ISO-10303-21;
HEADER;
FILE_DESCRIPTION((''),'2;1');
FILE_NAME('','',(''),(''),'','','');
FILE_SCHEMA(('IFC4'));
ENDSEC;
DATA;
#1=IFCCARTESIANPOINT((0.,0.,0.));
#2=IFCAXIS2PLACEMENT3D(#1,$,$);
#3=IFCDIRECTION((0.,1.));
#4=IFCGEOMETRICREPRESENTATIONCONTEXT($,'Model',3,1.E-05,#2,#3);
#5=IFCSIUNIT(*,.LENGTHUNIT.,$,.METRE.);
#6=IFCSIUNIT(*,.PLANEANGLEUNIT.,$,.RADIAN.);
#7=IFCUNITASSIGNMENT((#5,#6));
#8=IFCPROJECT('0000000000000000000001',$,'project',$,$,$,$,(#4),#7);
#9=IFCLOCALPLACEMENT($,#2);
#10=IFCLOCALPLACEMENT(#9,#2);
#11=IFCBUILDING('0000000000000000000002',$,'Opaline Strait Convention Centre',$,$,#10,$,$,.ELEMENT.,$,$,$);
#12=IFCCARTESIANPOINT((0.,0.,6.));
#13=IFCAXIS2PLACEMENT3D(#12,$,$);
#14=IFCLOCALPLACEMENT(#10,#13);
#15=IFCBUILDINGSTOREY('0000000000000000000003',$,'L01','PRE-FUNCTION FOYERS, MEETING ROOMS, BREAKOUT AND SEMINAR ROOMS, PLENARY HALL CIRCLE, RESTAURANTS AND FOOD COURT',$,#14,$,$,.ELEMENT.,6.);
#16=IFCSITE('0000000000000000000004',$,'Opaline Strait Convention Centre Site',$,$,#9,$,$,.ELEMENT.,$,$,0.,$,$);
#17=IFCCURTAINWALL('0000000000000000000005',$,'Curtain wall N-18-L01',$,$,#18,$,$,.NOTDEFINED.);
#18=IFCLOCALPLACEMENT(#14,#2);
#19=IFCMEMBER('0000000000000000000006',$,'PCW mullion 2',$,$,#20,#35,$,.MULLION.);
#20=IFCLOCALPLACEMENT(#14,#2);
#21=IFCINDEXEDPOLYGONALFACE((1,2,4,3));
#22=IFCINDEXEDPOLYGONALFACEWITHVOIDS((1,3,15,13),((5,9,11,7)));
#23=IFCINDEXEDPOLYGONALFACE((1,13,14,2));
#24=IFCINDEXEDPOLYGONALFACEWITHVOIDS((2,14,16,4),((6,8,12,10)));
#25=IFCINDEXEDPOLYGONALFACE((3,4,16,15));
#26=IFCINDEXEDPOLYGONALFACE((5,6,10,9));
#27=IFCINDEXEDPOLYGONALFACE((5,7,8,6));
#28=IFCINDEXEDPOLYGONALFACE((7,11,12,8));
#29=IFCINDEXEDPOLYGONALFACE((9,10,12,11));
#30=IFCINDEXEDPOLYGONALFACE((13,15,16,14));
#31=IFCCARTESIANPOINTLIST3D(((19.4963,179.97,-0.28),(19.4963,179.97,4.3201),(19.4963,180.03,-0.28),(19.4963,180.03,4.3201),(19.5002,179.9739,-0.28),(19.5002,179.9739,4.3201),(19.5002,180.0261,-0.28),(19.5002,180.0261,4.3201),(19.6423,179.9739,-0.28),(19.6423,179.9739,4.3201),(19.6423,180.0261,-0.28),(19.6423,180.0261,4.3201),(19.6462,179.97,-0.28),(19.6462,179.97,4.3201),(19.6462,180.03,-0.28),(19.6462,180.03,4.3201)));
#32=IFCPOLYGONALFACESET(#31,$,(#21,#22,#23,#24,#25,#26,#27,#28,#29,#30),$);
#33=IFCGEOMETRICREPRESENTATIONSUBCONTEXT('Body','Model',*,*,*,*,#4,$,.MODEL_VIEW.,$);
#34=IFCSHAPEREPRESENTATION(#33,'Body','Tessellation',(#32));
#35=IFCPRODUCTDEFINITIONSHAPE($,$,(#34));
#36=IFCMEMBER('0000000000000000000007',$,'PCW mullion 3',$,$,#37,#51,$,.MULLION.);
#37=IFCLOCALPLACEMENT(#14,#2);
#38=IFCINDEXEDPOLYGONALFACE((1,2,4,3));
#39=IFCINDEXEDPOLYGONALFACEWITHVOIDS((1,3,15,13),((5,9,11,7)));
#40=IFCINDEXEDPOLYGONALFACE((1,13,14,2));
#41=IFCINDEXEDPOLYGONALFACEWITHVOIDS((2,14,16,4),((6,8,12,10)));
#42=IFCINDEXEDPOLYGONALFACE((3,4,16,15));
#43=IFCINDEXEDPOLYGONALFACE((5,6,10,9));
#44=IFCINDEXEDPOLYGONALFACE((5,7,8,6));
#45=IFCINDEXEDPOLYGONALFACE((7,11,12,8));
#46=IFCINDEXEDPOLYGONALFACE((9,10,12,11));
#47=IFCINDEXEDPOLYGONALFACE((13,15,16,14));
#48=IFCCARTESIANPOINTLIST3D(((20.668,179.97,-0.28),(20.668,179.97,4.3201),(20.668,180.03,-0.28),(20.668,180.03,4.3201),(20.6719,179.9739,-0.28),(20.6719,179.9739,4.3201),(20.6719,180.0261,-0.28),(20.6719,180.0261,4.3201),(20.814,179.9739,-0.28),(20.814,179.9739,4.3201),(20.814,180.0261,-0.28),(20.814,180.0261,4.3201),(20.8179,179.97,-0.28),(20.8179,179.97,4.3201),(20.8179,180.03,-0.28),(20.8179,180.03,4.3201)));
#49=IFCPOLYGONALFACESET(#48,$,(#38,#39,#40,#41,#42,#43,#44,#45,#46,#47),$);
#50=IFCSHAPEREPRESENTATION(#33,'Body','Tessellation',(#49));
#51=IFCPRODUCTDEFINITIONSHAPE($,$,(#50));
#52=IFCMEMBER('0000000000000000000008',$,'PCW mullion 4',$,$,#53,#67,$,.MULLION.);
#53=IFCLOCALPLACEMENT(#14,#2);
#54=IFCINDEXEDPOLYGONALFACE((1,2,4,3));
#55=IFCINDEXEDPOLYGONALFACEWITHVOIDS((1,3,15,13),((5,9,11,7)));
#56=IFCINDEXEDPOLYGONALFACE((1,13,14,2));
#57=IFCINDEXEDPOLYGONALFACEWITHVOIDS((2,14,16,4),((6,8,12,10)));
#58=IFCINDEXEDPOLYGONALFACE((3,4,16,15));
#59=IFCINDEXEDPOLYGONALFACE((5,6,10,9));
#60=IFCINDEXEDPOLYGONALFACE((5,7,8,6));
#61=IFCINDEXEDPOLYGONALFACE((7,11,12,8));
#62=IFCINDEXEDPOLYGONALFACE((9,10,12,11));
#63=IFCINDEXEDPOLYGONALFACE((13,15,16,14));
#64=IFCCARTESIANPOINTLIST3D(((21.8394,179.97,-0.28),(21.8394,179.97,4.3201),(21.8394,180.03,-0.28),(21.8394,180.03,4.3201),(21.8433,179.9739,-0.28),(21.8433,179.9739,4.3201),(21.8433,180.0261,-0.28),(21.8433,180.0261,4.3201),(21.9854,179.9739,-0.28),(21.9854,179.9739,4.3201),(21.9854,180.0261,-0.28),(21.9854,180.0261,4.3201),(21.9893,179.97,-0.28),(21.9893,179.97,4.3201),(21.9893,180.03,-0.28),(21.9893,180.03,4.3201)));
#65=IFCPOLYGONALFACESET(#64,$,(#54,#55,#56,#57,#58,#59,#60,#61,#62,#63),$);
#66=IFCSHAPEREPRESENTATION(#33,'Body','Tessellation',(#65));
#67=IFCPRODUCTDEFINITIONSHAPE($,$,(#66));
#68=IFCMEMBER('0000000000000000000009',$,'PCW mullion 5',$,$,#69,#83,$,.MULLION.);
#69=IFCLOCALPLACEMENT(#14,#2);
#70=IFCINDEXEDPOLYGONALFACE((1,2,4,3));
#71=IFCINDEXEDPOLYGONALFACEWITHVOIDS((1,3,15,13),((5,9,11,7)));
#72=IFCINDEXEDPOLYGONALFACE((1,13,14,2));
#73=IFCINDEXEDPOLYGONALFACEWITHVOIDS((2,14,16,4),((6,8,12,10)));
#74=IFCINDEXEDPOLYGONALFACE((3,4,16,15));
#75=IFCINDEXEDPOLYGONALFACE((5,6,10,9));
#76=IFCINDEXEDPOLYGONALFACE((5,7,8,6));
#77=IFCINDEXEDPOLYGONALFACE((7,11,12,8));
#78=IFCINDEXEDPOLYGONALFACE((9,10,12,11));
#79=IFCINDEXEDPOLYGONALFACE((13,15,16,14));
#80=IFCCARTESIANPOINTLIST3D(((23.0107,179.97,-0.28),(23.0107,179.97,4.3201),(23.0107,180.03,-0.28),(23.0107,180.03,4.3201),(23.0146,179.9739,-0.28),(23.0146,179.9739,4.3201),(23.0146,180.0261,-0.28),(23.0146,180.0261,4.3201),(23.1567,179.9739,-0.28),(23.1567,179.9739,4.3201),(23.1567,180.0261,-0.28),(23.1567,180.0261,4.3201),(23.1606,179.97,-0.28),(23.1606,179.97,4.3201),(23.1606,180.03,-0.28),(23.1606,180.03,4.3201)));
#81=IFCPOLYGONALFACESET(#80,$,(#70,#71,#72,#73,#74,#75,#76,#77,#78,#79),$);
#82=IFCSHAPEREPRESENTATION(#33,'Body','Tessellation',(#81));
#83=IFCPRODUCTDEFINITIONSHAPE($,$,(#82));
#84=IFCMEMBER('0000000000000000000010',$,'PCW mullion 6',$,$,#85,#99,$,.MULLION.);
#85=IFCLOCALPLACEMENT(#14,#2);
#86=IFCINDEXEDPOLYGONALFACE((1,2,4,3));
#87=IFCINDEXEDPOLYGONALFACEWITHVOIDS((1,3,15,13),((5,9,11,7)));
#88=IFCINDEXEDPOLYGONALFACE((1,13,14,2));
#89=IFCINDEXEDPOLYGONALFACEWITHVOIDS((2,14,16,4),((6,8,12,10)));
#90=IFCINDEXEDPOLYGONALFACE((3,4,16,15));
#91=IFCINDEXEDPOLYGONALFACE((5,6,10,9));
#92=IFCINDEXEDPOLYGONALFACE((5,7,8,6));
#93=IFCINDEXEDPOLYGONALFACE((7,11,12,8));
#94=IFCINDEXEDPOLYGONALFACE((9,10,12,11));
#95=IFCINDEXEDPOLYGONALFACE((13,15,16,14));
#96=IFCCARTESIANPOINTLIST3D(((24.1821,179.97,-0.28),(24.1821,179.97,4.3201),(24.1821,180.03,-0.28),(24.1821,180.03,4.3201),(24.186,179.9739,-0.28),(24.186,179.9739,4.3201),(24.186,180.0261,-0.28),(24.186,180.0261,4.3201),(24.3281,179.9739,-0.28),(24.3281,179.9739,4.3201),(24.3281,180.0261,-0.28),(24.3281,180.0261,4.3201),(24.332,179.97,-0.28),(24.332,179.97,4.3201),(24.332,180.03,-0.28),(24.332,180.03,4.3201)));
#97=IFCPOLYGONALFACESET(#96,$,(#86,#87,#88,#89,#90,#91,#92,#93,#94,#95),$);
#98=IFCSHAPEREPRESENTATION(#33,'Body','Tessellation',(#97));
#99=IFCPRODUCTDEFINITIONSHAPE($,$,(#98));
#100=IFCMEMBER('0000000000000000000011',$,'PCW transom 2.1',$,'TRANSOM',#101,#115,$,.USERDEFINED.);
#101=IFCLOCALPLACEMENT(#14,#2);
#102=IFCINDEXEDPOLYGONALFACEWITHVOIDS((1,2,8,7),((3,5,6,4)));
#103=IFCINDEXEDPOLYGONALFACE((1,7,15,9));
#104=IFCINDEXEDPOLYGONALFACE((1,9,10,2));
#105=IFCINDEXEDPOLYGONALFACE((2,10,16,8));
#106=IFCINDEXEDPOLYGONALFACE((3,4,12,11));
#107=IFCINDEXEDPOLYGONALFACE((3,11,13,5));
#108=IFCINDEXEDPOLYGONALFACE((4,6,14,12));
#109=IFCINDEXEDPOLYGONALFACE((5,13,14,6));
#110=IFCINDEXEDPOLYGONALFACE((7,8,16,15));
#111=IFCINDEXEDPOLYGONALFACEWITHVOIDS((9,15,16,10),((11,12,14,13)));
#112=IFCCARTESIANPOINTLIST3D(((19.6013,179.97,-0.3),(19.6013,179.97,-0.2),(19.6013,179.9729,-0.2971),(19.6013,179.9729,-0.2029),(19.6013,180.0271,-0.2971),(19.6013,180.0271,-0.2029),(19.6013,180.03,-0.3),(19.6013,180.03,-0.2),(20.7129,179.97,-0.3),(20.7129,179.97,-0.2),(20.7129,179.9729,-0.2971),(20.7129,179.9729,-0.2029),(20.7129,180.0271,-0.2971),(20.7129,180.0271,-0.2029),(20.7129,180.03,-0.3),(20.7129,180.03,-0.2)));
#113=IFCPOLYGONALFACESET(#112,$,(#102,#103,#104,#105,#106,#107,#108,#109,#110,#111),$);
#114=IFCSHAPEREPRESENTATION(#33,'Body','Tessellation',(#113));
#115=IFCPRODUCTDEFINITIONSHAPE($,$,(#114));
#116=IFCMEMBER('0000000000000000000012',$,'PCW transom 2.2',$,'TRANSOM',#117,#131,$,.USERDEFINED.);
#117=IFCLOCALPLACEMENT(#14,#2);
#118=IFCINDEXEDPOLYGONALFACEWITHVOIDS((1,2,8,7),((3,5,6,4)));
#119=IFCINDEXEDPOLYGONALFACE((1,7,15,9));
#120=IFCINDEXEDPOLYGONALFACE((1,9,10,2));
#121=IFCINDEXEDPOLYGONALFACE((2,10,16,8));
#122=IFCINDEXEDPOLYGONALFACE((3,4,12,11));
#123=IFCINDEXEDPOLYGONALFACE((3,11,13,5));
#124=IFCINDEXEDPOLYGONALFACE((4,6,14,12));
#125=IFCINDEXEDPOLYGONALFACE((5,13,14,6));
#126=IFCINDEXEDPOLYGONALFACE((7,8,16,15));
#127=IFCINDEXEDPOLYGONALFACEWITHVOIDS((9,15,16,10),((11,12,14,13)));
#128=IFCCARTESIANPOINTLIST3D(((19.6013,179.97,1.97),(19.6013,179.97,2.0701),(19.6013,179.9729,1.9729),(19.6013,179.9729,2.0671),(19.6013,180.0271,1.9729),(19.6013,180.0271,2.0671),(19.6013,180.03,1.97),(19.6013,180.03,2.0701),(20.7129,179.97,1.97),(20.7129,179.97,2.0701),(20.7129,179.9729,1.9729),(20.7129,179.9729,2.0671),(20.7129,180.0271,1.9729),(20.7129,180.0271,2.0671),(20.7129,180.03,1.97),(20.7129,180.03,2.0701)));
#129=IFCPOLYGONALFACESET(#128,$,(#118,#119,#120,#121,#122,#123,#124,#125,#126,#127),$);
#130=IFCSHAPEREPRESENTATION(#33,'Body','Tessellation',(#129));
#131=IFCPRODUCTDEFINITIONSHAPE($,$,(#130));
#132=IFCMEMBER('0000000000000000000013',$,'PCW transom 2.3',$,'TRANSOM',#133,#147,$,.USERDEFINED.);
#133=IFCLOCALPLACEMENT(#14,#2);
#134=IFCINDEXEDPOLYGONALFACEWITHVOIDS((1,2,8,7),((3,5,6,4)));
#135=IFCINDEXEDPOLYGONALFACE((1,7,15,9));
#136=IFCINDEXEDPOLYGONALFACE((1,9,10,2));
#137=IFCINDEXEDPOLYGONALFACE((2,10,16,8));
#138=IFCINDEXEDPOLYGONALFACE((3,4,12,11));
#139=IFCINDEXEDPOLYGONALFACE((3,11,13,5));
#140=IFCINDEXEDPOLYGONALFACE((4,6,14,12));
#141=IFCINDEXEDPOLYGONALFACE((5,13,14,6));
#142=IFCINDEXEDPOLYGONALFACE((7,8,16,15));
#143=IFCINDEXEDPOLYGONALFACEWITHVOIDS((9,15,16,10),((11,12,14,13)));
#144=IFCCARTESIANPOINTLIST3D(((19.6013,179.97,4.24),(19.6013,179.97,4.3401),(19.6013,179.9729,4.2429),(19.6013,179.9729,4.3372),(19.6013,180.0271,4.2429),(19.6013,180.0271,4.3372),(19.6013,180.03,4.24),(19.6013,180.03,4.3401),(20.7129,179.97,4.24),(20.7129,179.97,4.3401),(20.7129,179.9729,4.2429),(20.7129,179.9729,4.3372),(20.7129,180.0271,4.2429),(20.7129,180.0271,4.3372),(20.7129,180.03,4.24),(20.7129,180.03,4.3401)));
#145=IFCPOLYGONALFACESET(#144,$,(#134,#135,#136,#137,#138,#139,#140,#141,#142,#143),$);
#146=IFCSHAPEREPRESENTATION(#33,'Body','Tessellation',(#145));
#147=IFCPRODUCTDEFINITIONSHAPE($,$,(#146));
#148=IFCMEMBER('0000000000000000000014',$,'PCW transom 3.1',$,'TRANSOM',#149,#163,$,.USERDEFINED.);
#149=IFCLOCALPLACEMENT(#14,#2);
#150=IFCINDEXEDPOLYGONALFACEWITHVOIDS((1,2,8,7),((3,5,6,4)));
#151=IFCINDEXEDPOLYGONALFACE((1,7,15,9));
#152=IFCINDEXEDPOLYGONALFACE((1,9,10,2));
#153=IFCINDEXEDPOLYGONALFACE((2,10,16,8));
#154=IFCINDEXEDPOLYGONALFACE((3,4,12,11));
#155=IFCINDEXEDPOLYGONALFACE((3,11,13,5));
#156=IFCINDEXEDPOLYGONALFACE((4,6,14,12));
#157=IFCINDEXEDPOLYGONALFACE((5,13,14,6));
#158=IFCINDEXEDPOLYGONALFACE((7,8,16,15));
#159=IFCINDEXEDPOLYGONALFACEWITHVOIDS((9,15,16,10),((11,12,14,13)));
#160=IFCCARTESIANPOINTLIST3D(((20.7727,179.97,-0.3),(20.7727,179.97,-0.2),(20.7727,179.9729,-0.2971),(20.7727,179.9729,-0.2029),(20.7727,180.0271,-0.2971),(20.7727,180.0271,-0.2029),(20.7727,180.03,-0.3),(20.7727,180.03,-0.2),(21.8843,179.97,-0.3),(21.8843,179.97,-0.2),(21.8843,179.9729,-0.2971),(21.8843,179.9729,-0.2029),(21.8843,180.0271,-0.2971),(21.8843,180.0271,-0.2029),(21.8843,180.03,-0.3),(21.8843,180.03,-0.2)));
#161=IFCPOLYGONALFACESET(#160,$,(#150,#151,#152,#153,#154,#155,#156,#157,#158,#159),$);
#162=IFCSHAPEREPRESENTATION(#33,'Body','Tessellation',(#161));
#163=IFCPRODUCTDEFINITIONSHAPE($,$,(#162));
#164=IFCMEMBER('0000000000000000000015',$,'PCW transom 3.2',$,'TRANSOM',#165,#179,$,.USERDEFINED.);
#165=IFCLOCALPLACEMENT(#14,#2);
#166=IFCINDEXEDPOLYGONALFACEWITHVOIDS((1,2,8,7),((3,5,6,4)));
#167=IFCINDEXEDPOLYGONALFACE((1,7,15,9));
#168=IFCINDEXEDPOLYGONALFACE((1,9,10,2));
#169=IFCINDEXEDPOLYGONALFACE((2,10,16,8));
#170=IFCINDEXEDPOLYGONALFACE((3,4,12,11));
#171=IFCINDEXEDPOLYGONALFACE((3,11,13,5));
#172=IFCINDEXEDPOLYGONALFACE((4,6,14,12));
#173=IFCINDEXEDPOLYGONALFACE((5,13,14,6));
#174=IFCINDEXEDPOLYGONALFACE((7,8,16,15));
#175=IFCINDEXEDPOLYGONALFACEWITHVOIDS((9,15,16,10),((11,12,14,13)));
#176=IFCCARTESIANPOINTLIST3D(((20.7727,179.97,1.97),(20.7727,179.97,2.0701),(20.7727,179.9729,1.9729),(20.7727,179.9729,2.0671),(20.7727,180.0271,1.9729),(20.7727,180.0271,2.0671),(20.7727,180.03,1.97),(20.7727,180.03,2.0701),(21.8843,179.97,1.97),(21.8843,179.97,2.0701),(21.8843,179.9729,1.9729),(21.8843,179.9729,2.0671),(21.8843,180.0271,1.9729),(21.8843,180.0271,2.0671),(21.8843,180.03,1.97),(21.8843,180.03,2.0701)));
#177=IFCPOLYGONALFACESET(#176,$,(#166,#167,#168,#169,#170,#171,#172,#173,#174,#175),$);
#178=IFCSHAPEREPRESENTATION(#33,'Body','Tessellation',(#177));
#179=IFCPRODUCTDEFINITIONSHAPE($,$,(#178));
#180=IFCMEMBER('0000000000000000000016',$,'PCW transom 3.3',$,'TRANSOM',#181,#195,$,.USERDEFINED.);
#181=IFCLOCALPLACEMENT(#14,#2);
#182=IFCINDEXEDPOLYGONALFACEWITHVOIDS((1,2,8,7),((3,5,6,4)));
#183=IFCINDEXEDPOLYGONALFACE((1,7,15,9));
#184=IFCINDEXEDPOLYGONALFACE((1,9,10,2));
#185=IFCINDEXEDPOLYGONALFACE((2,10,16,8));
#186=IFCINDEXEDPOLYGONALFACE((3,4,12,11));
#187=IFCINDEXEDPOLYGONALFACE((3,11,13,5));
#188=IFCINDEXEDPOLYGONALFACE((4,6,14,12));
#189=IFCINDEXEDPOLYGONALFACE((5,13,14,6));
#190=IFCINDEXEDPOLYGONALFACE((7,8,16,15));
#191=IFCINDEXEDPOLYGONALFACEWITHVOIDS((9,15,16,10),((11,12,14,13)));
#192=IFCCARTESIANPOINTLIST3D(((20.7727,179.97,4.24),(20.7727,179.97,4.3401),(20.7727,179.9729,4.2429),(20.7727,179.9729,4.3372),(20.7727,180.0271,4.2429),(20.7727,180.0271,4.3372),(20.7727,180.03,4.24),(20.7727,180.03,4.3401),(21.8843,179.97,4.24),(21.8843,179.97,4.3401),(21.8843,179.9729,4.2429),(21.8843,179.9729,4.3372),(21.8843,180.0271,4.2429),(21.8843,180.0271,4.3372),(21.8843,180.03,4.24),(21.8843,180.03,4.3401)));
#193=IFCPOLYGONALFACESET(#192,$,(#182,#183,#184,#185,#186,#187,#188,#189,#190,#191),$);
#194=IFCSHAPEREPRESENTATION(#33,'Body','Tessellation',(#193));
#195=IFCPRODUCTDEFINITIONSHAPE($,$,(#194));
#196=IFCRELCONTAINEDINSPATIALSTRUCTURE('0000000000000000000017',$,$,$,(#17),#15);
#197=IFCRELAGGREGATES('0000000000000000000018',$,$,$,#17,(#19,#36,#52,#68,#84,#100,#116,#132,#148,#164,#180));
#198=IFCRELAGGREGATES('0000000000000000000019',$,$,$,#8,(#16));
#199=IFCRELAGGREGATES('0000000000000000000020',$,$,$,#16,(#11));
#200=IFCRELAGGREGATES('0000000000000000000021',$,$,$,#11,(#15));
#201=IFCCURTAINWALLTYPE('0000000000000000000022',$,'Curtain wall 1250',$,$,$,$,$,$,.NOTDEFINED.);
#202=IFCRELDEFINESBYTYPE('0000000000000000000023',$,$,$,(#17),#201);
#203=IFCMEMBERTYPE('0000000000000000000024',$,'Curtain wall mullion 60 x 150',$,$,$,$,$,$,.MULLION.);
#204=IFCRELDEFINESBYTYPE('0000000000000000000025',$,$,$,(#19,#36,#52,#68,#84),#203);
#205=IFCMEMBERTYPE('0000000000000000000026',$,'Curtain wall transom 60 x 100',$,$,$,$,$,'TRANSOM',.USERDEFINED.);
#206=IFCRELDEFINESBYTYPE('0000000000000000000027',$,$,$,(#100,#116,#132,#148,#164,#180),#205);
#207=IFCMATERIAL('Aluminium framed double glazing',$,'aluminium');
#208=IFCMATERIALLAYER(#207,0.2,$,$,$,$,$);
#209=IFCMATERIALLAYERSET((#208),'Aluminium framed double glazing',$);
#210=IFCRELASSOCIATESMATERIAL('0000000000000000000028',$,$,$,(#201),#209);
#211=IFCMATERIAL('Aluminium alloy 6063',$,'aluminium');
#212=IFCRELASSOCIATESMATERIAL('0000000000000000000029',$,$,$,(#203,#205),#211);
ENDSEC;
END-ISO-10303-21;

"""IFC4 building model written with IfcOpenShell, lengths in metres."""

from ifc_helpers import new_model, si_unit, direction, frame, origin, origin_2d, place, context, subcontext, project, spatial, hollow_rectangle, extrude, material, layer, layer_set, material_profile, profile_set, type_object, element, aggregate, save


model = new_model("IFC4")

# Units and contexts
model_context = context("Model", 3, precision=1e-05, world=origin(), true_north=direction((0.0, 1.0)))
body_context = subcontext(model_context, "Body", "Model", "MODEL_VIEW")
ifc_project = project(units=[si_unit("LENGTHUNIT", "METRE"), si_unit("PLANEANGLEUNIT", "RADIAN")], contexts=[model_context])

# Site, building, storey
site_placement = place(None, origin())
site = spatial("IfcSite", under=ifc_project, at=site_placement, Name="Opaline Strait Convention Centre Site", CompositionType="ELEMENT", RefElevation=0.0)
building_placement = place(site_placement, origin())
building = spatial("IfcBuilding", under=site, at=building_placement, Name="Opaline Strait Convention Centre", CompositionType="ELEMENT")
storey_placement = place(building_placement, frame((0.0, 0.0, 6.0)))
storey = spatial("IfcBuildingStorey", under=building, at=storey_placement, Name="L01", Description="PRE-FUNCTION FOYERS, MEETING ROOMS, BREAKOUT AND SEMINAR ROOMS, PLENARY HALL CIRCLE, RESTAURANTS AND FOOD COURT", CompositionType="ELEMENT", Elevation=6.0)

# Curtain wall, members
ifc_material_1 = material(Name="Aluminium framed double glazing", Category="aluminium")
ifc_layer_1 = layer(ifc_material_1, 0.2)
ifc_layer_set_1 = layer_set([ifc_layer_1], Name="Aluminium framed double glazing")
curtain_wall_type = type_object("IfcCurtainWallType", Name="Curtain wall 1250", PredefinedType="NOTDEFINED", material=ifc_layer_set_1)
curtain_wall_placement = place(storey_placement, origin())
curtain_wall = element("IfcCurtainWall", 1, at=curtain_wall_placement, inside=storey, type_object=curtain_wall_type, Name="Curtain wall N-18-L01", PredefinedType="NOTDEFINED")
ifc_material_2 = material(Name="Aluminium alloy 6063", Category="aluminium")
ifc_material_profile_1 = material_profile(ifc_material_2, hollow_rectangle(XDim=0.0601, YDim=0.1499, WallThickness=0.0039, at=origin_2d()), Name="MULLION 60x150x4")
ifc_profile_set_1 = profile_set([ifc_material_profile_1], Name="Aluminium alloy 6063")
member_type_1 = type_object("IfcMemberType", Name="Curtain wall mullion 60 x 150", PredefinedType="MULLION", material=ifc_profile_set_1)
member_1_placement = place(storey_placement, frame((19.5713, 180.0, -0.28), z_axis=(0.0, 0.0, 1.0), x_axis=(0.0, 1.0, 0.0)))
member_1 = element("IfcMember", 2, at=member_1_placement, type_object=member_type_1, Name="PCW mullion 2", PredefinedType="MULLION", context=body_context, shape_type="SweptSolid", body=[
    extrude(hollow_rectangle(XDim=0.0601, YDim=0.1499, WallThickness=0.0039, at=origin_2d()), origin(), (0.0, 0.0, 1.0), 4.6001),
])
member_2_placement = place(storey_placement, frame((20.7429, 180.0, -0.28), z_axis=(0.0, 0.0, 1.0), x_axis=(0.0, 1.0, 0.0)))
member_2 = element("IfcMember", 3, at=member_2_placement, type_object=member_type_1, Name="PCW mullion 3", PredefinedType="MULLION", context=body_context, shape_type="SweptSolid", body=[
    extrude(hollow_rectangle(XDim=0.0601, YDim=0.1499, WallThickness=0.0039, at=origin_2d()), origin(), (0.0, 0.0, 1.0), 4.6001),
])
member_3_placement = place(storey_placement, frame((21.9143, 180.0, -0.28), z_axis=(0.0, 0.0, 1.0), x_axis=(0.0, 1.0, 0.0)))
member_3 = element("IfcMember", 4, at=member_3_placement, type_object=member_type_1, Name="PCW mullion 4", PredefinedType="MULLION", context=body_context, shape_type="SweptSolid", body=[
    extrude(hollow_rectangle(XDim=0.0601, YDim=0.1499, WallThickness=0.0039, at=origin_2d()), origin(), (0.0, 0.0, 1.0), 4.6001),
])
member_4_placement = place(storey_placement, frame((23.0857, 180.0, -0.28), z_axis=(0.0, 0.0, 1.0), x_axis=(0.0, 1.0, 0.0)))
member_4 = element("IfcMember", 5, at=member_4_placement, type_object=member_type_1, Name="PCW mullion 5", PredefinedType="MULLION", context=body_context, shape_type="SweptSolid", body=[
    extrude(hollow_rectangle(XDim=0.0601, YDim=0.1499, WallThickness=0.0039, at=origin_2d()), origin(), (0.0, 0.0, 1.0), 4.6001),
])
member_5_placement = place(storey_placement, frame((24.2571, 180.0, -0.28), z_axis=(0.0, 0.0, 1.0), x_axis=(0.0, 1.0, 0.0)))
member_5 = element("IfcMember", 6, at=member_5_placement, type_object=member_type_1, Name="PCW mullion 6", PredefinedType="MULLION", context=body_context, shape_type="SweptSolid", body=[
    extrude(hollow_rectangle(XDim=0.0601, YDim=0.1499, WallThickness=0.0039, at=origin_2d()), origin(), (0.0, 0.0, 1.0), 4.6001),
])
ifc_material_profile_2 = material_profile(ifc_material_2, hollow_rectangle(XDim=0.0601, YDim=0.1001, WallThickness=0.0029, at=origin_2d()), Name="TRANSOM 60x100x3")
ifc_profile_set_2 = profile_set([ifc_material_profile_2], Name="Aluminium alloy 6063")
member_type_2 = type_object("IfcMemberType", Name="Curtain wall transom 60 x 100", ElementType="TRANSOM", PredefinedType="USERDEFINED", material=ifc_profile_set_2)
member_6_placement = place(storey_placement, frame((19.6013, 180.0, -0.25), z_axis=(1.0, 0.0, 0.0), x_axis=(0.0, 1.0, 0.0)))
member_6 = element("IfcMember", 7, at=member_6_placement, type_object=member_type_2, Name="PCW transom 2.1", ObjectType="TRANSOM", PredefinedType="USERDEFINED", context=body_context, shape_type="SweptSolid", body=[
    extrude(hollow_rectangle(XDim=0.0601, YDim=0.1001, WallThickness=0.0029, at=origin_2d()), origin(), (0.0, 0.0, 1.0), 1.1116),
])
member_7_placement = place(storey_placement, frame((19.6013, 180.0, 2.02), z_axis=(1.0, 0.0, 0.0), x_axis=(0.0, 1.0, 0.0)))
member_7 = element("IfcMember", 8, at=member_7_placement, type_object=member_type_2, Name="PCW transom 2.2", ObjectType="TRANSOM", PredefinedType="USERDEFINED", context=body_context, shape_type="SweptSolid", body=[
    extrude(hollow_rectangle(XDim=0.0601, YDim=0.1001, WallThickness=0.0029, at=origin_2d()), origin(), (0.0, 0.0, 1.0), 1.1116),
])
member_8_placement = place(storey_placement, frame((19.6013, 180.0, 4.29), z_axis=(1.0, 0.0, 0.0), x_axis=(0.0, 1.0, 0.0)))
member_8 = element("IfcMember", 9, at=member_8_placement, type_object=member_type_2, Name="PCW transom 2.3", ObjectType="TRANSOM", PredefinedType="USERDEFINED", context=body_context, shape_type="SweptSolid", body=[
    extrude(hollow_rectangle(XDim=0.0601, YDim=0.1001, WallThickness=0.0029, at=origin_2d()), origin(), (0.0, 0.0, 1.0), 1.1116),
])
member_9_placement = place(storey_placement, frame((20.7727, 180.0, -0.25), z_axis=(1.0, 0.0, 0.0), x_axis=(0.0, 1.0, 0.0)))
member_9 = element("IfcMember", 10, at=member_9_placement, type_object=member_type_2, Name="PCW transom 3.1", ObjectType="TRANSOM", PredefinedType="USERDEFINED", context=body_context, shape_type="SweptSolid", body=[
    extrude(hollow_rectangle(XDim=0.0601, YDim=0.1001, WallThickness=0.0029, at=origin_2d()), origin(), (0.0, 0.0, 1.0), 1.1116),
])
member_10_placement = place(storey_placement, frame((20.7727, 180.0, 2.02), z_axis=(1.0, 0.0, 0.0), x_axis=(0.0, 1.0, 0.0)))
member_10 = element("IfcMember", 11, at=member_10_placement, type_object=member_type_2, Name="PCW transom 3.2", ObjectType="TRANSOM", PredefinedType="USERDEFINED", context=body_context, shape_type="SweptSolid", body=[
    extrude(hollow_rectangle(XDim=0.0601, YDim=0.1001, WallThickness=0.0029, at=origin_2d()), origin(), (0.0, 0.0, 1.0), 1.1116),
])
member_11_placement = place(storey_placement, frame((20.7727, 180.0, 4.29), z_axis=(1.0, 0.0, 0.0), x_axis=(0.0, 1.0, 0.0)))
member_11 = element("IfcMember", 12, at=member_11_placement, type_object=member_type_2, Name="PCW transom 3.3", ObjectType="TRANSOM", PredefinedType="USERDEFINED", context=body_context, shape_type="SweptSolid", body=[
    extrude(hollow_rectangle(XDim=0.0601, YDim=0.1001, WallThickness=0.0029, at=origin_2d()), origin(), (0.0, 0.0, 1.0), 1.1116),
])
aggregate(curtain_wall, [member_1, member_2, member_3, member_4, member_5, member_6, member_7, member_8, member_9, member_10, member_11])

save(model, "model.ifc")
